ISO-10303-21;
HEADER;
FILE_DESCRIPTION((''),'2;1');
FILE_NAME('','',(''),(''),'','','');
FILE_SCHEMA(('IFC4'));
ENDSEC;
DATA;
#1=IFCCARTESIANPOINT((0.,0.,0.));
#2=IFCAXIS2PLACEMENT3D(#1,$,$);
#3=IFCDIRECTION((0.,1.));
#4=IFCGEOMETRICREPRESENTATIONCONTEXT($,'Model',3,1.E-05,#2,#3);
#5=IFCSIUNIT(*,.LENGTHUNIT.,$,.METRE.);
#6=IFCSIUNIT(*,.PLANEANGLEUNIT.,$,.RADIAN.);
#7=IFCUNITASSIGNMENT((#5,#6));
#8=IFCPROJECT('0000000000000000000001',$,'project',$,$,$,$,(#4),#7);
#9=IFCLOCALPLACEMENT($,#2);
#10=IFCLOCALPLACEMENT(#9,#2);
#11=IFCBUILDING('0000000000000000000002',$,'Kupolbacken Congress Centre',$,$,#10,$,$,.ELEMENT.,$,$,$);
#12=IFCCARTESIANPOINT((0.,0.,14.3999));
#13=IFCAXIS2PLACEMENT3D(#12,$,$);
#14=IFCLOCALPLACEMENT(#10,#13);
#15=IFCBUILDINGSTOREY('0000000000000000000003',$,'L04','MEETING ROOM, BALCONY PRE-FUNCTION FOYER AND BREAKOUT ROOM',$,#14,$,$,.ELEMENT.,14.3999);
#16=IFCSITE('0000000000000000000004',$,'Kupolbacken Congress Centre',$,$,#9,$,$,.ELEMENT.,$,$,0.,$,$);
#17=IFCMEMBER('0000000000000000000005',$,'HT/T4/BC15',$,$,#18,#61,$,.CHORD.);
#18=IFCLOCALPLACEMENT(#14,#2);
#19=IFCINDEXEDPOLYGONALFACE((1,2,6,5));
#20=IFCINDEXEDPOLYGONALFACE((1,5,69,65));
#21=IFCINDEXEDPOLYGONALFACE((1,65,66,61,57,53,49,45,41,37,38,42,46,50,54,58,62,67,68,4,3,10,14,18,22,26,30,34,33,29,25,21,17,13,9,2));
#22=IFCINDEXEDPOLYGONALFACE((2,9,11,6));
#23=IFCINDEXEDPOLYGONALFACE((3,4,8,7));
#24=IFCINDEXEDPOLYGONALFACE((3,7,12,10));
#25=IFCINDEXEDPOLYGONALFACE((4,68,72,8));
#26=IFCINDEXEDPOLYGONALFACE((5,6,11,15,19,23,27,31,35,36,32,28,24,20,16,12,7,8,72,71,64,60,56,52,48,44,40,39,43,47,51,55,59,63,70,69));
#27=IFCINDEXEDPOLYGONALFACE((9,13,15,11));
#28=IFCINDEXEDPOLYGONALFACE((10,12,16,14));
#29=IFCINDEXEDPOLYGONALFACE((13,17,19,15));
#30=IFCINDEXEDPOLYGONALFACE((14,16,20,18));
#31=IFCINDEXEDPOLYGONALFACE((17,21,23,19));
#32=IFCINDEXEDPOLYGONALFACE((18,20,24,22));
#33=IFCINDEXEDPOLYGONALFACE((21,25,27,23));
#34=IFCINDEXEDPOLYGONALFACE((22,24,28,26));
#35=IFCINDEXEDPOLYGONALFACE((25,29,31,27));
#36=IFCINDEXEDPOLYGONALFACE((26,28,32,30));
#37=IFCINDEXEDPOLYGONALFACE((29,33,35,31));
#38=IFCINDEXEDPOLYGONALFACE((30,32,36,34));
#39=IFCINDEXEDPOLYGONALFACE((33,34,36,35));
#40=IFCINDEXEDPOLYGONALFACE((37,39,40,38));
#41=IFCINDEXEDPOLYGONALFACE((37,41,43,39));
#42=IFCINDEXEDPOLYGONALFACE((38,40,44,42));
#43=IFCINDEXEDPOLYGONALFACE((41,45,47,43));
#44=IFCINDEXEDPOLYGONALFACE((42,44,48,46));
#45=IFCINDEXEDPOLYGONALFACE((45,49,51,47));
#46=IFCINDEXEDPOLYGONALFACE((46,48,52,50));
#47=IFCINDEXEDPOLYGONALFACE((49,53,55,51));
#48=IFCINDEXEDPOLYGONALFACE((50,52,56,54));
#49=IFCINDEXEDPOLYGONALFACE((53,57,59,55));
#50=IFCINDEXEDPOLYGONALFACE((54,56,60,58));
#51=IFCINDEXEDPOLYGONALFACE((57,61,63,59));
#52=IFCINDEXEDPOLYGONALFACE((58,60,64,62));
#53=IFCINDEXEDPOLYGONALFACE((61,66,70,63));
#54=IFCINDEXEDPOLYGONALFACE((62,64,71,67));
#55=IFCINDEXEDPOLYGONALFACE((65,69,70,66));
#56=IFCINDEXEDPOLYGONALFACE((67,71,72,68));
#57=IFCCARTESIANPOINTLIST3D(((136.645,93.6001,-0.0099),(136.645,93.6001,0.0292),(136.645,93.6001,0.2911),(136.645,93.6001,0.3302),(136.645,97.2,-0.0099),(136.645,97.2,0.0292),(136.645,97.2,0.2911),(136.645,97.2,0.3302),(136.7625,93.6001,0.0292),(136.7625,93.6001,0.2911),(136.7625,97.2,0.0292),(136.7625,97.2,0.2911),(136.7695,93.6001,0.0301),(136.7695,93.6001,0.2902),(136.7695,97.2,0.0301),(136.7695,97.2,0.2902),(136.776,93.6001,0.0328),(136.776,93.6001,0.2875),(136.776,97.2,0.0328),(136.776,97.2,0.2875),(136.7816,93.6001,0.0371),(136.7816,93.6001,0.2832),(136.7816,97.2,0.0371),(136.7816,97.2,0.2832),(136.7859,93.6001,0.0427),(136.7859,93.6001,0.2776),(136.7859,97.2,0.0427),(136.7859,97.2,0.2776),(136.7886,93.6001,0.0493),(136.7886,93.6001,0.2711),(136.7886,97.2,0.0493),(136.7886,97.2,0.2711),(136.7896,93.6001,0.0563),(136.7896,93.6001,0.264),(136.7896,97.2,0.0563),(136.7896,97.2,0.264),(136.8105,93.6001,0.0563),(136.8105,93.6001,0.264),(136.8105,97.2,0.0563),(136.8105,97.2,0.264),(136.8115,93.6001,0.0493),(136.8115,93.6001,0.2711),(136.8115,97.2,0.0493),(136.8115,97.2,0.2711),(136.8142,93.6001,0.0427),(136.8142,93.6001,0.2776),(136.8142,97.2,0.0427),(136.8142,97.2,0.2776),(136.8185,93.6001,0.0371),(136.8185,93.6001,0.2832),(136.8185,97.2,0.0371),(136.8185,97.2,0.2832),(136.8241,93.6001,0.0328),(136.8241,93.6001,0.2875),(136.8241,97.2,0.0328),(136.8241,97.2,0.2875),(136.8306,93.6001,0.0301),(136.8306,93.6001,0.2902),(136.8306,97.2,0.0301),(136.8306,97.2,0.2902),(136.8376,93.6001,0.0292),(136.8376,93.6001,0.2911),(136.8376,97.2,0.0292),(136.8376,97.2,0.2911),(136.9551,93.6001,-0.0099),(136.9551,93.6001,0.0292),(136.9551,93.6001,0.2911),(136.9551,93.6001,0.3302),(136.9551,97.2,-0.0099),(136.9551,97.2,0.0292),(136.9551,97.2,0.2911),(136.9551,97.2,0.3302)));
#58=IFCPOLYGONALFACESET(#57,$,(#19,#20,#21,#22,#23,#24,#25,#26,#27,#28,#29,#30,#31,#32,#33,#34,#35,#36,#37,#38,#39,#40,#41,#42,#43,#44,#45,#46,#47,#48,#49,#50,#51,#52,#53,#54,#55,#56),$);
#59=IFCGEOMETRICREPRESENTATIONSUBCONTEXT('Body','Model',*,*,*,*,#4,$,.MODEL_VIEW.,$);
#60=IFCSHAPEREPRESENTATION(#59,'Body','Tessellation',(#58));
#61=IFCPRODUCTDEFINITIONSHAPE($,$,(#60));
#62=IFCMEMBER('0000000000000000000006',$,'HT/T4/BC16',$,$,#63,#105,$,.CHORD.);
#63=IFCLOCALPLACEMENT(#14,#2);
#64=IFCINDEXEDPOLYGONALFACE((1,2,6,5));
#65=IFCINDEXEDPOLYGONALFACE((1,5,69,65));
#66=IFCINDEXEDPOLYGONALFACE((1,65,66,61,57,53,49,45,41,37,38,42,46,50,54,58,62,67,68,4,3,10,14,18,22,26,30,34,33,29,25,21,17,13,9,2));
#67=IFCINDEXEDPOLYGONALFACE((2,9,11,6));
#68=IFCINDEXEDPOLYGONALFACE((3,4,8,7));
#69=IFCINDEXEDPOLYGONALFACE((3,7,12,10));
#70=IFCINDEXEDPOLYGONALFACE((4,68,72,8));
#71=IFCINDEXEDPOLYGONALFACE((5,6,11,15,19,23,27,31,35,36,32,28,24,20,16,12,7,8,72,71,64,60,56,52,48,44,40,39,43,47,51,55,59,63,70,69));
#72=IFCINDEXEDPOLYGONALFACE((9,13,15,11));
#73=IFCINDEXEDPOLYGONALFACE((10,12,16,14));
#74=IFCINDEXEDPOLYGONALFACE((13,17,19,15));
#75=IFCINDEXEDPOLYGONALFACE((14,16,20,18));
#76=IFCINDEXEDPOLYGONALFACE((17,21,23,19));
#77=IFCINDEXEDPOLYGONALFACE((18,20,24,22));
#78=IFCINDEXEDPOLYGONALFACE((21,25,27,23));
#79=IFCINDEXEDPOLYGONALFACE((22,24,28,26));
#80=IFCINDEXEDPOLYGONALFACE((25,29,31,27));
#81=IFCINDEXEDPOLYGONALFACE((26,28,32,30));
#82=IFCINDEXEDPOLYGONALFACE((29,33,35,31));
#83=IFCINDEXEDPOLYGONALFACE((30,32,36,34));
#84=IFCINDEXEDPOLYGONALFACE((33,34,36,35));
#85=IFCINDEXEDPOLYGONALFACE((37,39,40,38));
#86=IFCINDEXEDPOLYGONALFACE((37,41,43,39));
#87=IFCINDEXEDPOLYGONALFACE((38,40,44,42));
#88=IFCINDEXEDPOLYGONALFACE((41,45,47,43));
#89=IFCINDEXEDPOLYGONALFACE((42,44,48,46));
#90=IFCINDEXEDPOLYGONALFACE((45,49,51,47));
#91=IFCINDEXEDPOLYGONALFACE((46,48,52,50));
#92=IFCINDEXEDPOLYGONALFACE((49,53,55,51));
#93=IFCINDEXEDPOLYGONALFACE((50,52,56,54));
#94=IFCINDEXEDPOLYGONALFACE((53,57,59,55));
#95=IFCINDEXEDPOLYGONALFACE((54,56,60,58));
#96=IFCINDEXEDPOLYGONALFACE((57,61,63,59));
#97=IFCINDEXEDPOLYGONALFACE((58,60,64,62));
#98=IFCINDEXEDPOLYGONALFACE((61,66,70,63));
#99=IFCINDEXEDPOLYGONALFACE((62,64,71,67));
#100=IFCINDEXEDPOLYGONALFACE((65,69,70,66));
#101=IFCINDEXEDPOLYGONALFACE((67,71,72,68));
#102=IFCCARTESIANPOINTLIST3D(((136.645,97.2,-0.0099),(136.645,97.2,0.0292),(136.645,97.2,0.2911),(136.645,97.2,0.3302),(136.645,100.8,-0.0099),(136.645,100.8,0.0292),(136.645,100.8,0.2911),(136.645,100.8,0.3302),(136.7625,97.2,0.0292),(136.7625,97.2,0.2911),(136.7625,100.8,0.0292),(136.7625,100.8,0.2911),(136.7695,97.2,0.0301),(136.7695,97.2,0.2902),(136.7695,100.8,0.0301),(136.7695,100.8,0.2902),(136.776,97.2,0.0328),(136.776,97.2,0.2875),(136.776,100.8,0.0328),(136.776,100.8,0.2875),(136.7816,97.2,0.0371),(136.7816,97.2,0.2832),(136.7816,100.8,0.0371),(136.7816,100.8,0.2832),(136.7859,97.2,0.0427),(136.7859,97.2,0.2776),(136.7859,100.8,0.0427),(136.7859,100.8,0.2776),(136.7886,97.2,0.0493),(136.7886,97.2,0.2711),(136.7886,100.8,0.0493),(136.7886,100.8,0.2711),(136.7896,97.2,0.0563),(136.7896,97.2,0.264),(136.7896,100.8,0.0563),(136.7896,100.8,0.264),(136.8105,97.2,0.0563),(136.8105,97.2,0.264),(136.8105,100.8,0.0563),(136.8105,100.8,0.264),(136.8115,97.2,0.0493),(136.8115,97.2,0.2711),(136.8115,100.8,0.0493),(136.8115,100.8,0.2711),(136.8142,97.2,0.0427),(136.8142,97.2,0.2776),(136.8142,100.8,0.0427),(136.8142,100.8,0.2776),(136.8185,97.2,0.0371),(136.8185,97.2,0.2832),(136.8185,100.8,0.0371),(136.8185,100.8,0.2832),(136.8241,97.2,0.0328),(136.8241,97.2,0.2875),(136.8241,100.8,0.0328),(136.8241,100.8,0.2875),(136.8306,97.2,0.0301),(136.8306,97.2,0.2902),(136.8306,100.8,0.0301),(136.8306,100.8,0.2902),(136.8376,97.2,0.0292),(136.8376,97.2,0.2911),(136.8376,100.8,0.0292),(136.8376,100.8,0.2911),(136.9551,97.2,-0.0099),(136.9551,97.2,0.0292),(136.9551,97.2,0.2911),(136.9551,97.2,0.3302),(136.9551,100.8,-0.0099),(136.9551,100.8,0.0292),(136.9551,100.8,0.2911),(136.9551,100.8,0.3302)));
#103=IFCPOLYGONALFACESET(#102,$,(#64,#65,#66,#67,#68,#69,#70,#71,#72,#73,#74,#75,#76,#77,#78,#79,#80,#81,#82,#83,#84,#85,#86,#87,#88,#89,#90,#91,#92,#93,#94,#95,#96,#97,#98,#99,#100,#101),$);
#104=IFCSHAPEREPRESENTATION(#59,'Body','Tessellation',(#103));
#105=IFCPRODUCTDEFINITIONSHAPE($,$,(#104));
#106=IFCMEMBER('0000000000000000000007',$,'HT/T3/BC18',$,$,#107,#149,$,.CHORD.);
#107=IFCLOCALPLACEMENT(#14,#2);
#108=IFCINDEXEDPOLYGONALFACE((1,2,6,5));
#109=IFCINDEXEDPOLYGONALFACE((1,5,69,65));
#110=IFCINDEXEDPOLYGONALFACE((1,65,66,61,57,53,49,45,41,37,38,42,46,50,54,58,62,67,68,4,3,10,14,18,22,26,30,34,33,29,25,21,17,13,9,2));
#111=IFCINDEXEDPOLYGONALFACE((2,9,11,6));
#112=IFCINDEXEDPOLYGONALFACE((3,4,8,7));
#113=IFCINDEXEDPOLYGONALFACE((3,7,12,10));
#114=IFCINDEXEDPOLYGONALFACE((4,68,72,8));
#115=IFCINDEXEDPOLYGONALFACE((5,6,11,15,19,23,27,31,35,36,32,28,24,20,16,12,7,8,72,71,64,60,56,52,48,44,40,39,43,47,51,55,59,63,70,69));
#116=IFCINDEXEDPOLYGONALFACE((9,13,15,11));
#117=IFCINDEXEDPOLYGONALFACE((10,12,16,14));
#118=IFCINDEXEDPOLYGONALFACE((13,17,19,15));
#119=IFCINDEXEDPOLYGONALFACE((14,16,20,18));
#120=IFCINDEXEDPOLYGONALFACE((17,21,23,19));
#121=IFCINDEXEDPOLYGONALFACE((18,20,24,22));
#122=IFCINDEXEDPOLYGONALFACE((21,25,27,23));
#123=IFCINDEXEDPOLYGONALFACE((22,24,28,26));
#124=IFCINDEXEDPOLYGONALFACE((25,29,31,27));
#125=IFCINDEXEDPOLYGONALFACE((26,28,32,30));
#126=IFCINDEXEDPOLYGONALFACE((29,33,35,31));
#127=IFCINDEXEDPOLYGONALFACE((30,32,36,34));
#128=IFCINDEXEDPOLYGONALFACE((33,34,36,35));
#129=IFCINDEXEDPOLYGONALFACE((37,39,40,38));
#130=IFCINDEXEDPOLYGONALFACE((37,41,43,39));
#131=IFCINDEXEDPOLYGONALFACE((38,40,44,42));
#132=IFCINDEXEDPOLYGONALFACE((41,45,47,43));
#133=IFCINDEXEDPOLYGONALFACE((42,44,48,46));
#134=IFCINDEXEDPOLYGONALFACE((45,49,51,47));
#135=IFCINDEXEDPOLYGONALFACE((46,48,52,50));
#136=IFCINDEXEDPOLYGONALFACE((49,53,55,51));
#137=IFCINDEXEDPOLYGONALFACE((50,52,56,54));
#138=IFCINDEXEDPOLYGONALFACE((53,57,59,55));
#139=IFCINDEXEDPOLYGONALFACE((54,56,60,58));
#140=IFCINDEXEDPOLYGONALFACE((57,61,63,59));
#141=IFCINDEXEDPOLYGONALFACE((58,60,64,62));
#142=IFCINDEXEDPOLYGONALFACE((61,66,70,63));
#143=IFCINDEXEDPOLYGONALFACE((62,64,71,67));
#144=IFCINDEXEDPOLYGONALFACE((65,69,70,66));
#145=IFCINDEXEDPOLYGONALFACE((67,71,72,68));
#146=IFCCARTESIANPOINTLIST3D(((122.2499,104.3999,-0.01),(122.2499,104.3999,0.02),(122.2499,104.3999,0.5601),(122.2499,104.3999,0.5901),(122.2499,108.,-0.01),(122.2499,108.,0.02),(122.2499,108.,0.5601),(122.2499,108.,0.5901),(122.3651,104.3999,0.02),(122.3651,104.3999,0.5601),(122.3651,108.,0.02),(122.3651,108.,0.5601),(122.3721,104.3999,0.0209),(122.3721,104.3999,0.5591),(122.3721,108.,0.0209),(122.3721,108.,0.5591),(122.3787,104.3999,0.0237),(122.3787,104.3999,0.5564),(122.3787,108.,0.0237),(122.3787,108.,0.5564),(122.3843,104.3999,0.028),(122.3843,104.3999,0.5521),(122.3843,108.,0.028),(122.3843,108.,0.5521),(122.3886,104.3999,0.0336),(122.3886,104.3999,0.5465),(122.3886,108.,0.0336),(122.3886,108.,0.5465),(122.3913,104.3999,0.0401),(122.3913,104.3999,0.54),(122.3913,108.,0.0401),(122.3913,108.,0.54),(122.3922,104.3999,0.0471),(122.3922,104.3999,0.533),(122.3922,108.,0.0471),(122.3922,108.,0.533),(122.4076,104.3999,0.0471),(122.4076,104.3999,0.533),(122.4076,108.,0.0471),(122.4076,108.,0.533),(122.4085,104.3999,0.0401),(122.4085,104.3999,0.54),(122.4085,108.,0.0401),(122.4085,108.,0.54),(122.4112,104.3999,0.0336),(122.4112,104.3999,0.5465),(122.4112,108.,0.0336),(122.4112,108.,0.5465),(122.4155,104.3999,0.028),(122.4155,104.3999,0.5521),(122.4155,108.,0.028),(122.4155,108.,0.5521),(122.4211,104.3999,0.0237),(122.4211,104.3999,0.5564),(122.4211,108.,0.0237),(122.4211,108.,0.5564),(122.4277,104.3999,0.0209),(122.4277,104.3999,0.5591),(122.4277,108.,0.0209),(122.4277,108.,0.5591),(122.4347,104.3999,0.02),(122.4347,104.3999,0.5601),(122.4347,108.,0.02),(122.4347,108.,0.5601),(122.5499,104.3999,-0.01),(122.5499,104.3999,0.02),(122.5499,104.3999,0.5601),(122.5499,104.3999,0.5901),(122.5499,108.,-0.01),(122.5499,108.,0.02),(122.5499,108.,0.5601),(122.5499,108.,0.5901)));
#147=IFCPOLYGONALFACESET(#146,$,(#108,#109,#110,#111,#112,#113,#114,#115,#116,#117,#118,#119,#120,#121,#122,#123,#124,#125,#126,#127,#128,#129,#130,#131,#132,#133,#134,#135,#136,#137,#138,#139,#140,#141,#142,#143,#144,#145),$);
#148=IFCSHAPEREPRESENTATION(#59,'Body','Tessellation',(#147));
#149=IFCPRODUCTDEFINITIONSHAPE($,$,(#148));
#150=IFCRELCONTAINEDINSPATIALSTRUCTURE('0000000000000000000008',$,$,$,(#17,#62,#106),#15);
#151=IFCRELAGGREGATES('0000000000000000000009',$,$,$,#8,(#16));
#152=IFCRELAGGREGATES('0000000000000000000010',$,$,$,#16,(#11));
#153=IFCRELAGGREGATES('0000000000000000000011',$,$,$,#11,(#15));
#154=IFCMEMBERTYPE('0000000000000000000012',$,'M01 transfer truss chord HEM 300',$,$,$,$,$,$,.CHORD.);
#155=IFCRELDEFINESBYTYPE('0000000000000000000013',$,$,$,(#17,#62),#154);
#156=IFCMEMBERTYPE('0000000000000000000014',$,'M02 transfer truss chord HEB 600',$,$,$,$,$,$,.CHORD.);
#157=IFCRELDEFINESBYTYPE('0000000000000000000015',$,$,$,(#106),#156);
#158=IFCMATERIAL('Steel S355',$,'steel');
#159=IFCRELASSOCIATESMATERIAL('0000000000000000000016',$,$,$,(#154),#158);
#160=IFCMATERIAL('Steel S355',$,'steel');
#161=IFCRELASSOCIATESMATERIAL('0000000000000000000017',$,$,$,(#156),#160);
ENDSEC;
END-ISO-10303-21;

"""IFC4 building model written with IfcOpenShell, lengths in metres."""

from ifc_helpers import new_model, si_unit, direction, frame, origin, origin_2d, place, context, subcontext, project, spatial, i_section, extrude, material, material_profile, profile_set, type_object, element, save


model = new_model("IFC4")

# Units and contexts
model_context = context("Model", 3, precision=1e-05, world=origin(), true_north=direction((0.0, 1.0)))
body_context = subcontext(model_context, "Body", "Model", "MODEL_VIEW")
ifc_project = project(units=[si_unit("LENGTHUNIT", "METRE"), si_unit("PLANEANGLEUNIT", "RADIAN")], contexts=[model_context])

# Site, building, storey
site_placement = place(None, origin())
site = spatial("IfcSite", under=ifc_project, at=site_placement, Name="Kupolbacken Congress Centre", CompositionType="ELEMENT", RefElevation=0.0)
building_placement = place(site_placement, origin())
building = spatial("IfcBuilding", under=site, at=building_placement, Name="Kupolbacken Congress Centre", CompositionType="ELEMENT")
storey_placement = place(building_placement, frame((0.0, 0.0, 14.3999)))
storey = spatial("IfcBuildingStorey", under=building, at=storey_placement, Name="L04", Description="MEETING ROOM, BALCONY PRE-FUNCTION FOYER AND BREAKOUT ROOM", CompositionType="ELEMENT", Elevation=14.3999)

# Members
ifc_material_1 = material(Name="Steel S355", Category="steel")
ifc_material_profile_1 = material_profile(ifc_material_1, i_section(OverallWidth=0.3101, OverallDepth=0.3401, WebThickness=0.021, FlangeThickness=0.0391, FilletRadius=0.0271, at=origin_2d()), Name="HEM 300")
ifc_profile_set_1 = profile_set([ifc_material_profile_1], Name="Steel S355")
member_type_1 = type_object("IfcMemberType", Name="M01 transfer truss chord HEM 300", PredefinedType="CHORD", material=ifc_profile_set_1)
member_1_placement = place(storey_placement, frame((136.8, 93.6001, 0.1602), z_axis=(0.0, 1.0, 0.0), x_axis=(-1.0, 0.0, 0.0)))
element("IfcMember", 1, at=member_1_placement, inside=storey, type_object=member_type_1, Name="HT/T4/BC15", PredefinedType="CHORD", context=body_context, shape_type="SweptSolid", body=[
    extrude(i_section(OverallWidth=0.3101, OverallDepth=0.3401, WebThickness=0.021, FlangeThickness=0.0391, FilletRadius=0.0271, at=origin_2d()), origin(), (0.0, 0.0, 1.0), 3.5999),
])
member_2_placement = place(storey_placement, frame((136.8, 97.2, 0.1602), z_axis=(0.0, 1.0, 0.0), x_axis=(-1.0, 0.0, 0.0)))
element("IfcMember", 2, at=member_2_placement, inside=storey, type_object=member_type_1, Name="HT/T4/BC16", PredefinedType="CHORD", context=body_context, shape_type="SweptSolid", body=[
    extrude(i_section(OverallWidth=0.3101, OverallDepth=0.3401, WebThickness=0.021, FlangeThickness=0.0391, FilletRadius=0.0271, at=origin_2d()), origin(), (0.0, 0.0, 1.0), 3.6001),
])
ifc_material_2 = material(Name="Steel S355", Category="steel")
ifc_material_profile_2 = material_profile(ifc_material_2, i_section(OverallWidth=0.3, OverallDepth=0.6001, WebThickness=0.0154, FlangeThickness=0.03, FilletRadius=0.0271, at=origin_2d()), Name="HEB 600")
ifc_profile_set_2 = profile_set([ifc_material_profile_2], Name="Steel S355")
member_type_2 = type_object("IfcMemberType", Name="M02 transfer truss chord HEB 600", PredefinedType="CHORD", material=ifc_profile_set_2)
member_3_placement = place(storey_placement, frame((122.3999, 104.3999, 0.29), z_axis=(0.0, 1.0, 0.0), x_axis=(-1.0, 0.0, 0.0)))
element("IfcMember", 3, at=member_3_placement, inside=storey, type_object=member_type_2, Name="HT/T3/BC18", PredefinedType="CHORD", context=body_context, shape_type="SweptSolid", body=[
    extrude(i_section(OverallWidth=0.3, OverallDepth=0.6001, WebThickness=0.0154, FlangeThickness=0.03, FilletRadius=0.0271, at=origin_2d()), origin(), (0.0, 0.0, 1.0), 3.6001),
])

save(model, "model.ifc")
